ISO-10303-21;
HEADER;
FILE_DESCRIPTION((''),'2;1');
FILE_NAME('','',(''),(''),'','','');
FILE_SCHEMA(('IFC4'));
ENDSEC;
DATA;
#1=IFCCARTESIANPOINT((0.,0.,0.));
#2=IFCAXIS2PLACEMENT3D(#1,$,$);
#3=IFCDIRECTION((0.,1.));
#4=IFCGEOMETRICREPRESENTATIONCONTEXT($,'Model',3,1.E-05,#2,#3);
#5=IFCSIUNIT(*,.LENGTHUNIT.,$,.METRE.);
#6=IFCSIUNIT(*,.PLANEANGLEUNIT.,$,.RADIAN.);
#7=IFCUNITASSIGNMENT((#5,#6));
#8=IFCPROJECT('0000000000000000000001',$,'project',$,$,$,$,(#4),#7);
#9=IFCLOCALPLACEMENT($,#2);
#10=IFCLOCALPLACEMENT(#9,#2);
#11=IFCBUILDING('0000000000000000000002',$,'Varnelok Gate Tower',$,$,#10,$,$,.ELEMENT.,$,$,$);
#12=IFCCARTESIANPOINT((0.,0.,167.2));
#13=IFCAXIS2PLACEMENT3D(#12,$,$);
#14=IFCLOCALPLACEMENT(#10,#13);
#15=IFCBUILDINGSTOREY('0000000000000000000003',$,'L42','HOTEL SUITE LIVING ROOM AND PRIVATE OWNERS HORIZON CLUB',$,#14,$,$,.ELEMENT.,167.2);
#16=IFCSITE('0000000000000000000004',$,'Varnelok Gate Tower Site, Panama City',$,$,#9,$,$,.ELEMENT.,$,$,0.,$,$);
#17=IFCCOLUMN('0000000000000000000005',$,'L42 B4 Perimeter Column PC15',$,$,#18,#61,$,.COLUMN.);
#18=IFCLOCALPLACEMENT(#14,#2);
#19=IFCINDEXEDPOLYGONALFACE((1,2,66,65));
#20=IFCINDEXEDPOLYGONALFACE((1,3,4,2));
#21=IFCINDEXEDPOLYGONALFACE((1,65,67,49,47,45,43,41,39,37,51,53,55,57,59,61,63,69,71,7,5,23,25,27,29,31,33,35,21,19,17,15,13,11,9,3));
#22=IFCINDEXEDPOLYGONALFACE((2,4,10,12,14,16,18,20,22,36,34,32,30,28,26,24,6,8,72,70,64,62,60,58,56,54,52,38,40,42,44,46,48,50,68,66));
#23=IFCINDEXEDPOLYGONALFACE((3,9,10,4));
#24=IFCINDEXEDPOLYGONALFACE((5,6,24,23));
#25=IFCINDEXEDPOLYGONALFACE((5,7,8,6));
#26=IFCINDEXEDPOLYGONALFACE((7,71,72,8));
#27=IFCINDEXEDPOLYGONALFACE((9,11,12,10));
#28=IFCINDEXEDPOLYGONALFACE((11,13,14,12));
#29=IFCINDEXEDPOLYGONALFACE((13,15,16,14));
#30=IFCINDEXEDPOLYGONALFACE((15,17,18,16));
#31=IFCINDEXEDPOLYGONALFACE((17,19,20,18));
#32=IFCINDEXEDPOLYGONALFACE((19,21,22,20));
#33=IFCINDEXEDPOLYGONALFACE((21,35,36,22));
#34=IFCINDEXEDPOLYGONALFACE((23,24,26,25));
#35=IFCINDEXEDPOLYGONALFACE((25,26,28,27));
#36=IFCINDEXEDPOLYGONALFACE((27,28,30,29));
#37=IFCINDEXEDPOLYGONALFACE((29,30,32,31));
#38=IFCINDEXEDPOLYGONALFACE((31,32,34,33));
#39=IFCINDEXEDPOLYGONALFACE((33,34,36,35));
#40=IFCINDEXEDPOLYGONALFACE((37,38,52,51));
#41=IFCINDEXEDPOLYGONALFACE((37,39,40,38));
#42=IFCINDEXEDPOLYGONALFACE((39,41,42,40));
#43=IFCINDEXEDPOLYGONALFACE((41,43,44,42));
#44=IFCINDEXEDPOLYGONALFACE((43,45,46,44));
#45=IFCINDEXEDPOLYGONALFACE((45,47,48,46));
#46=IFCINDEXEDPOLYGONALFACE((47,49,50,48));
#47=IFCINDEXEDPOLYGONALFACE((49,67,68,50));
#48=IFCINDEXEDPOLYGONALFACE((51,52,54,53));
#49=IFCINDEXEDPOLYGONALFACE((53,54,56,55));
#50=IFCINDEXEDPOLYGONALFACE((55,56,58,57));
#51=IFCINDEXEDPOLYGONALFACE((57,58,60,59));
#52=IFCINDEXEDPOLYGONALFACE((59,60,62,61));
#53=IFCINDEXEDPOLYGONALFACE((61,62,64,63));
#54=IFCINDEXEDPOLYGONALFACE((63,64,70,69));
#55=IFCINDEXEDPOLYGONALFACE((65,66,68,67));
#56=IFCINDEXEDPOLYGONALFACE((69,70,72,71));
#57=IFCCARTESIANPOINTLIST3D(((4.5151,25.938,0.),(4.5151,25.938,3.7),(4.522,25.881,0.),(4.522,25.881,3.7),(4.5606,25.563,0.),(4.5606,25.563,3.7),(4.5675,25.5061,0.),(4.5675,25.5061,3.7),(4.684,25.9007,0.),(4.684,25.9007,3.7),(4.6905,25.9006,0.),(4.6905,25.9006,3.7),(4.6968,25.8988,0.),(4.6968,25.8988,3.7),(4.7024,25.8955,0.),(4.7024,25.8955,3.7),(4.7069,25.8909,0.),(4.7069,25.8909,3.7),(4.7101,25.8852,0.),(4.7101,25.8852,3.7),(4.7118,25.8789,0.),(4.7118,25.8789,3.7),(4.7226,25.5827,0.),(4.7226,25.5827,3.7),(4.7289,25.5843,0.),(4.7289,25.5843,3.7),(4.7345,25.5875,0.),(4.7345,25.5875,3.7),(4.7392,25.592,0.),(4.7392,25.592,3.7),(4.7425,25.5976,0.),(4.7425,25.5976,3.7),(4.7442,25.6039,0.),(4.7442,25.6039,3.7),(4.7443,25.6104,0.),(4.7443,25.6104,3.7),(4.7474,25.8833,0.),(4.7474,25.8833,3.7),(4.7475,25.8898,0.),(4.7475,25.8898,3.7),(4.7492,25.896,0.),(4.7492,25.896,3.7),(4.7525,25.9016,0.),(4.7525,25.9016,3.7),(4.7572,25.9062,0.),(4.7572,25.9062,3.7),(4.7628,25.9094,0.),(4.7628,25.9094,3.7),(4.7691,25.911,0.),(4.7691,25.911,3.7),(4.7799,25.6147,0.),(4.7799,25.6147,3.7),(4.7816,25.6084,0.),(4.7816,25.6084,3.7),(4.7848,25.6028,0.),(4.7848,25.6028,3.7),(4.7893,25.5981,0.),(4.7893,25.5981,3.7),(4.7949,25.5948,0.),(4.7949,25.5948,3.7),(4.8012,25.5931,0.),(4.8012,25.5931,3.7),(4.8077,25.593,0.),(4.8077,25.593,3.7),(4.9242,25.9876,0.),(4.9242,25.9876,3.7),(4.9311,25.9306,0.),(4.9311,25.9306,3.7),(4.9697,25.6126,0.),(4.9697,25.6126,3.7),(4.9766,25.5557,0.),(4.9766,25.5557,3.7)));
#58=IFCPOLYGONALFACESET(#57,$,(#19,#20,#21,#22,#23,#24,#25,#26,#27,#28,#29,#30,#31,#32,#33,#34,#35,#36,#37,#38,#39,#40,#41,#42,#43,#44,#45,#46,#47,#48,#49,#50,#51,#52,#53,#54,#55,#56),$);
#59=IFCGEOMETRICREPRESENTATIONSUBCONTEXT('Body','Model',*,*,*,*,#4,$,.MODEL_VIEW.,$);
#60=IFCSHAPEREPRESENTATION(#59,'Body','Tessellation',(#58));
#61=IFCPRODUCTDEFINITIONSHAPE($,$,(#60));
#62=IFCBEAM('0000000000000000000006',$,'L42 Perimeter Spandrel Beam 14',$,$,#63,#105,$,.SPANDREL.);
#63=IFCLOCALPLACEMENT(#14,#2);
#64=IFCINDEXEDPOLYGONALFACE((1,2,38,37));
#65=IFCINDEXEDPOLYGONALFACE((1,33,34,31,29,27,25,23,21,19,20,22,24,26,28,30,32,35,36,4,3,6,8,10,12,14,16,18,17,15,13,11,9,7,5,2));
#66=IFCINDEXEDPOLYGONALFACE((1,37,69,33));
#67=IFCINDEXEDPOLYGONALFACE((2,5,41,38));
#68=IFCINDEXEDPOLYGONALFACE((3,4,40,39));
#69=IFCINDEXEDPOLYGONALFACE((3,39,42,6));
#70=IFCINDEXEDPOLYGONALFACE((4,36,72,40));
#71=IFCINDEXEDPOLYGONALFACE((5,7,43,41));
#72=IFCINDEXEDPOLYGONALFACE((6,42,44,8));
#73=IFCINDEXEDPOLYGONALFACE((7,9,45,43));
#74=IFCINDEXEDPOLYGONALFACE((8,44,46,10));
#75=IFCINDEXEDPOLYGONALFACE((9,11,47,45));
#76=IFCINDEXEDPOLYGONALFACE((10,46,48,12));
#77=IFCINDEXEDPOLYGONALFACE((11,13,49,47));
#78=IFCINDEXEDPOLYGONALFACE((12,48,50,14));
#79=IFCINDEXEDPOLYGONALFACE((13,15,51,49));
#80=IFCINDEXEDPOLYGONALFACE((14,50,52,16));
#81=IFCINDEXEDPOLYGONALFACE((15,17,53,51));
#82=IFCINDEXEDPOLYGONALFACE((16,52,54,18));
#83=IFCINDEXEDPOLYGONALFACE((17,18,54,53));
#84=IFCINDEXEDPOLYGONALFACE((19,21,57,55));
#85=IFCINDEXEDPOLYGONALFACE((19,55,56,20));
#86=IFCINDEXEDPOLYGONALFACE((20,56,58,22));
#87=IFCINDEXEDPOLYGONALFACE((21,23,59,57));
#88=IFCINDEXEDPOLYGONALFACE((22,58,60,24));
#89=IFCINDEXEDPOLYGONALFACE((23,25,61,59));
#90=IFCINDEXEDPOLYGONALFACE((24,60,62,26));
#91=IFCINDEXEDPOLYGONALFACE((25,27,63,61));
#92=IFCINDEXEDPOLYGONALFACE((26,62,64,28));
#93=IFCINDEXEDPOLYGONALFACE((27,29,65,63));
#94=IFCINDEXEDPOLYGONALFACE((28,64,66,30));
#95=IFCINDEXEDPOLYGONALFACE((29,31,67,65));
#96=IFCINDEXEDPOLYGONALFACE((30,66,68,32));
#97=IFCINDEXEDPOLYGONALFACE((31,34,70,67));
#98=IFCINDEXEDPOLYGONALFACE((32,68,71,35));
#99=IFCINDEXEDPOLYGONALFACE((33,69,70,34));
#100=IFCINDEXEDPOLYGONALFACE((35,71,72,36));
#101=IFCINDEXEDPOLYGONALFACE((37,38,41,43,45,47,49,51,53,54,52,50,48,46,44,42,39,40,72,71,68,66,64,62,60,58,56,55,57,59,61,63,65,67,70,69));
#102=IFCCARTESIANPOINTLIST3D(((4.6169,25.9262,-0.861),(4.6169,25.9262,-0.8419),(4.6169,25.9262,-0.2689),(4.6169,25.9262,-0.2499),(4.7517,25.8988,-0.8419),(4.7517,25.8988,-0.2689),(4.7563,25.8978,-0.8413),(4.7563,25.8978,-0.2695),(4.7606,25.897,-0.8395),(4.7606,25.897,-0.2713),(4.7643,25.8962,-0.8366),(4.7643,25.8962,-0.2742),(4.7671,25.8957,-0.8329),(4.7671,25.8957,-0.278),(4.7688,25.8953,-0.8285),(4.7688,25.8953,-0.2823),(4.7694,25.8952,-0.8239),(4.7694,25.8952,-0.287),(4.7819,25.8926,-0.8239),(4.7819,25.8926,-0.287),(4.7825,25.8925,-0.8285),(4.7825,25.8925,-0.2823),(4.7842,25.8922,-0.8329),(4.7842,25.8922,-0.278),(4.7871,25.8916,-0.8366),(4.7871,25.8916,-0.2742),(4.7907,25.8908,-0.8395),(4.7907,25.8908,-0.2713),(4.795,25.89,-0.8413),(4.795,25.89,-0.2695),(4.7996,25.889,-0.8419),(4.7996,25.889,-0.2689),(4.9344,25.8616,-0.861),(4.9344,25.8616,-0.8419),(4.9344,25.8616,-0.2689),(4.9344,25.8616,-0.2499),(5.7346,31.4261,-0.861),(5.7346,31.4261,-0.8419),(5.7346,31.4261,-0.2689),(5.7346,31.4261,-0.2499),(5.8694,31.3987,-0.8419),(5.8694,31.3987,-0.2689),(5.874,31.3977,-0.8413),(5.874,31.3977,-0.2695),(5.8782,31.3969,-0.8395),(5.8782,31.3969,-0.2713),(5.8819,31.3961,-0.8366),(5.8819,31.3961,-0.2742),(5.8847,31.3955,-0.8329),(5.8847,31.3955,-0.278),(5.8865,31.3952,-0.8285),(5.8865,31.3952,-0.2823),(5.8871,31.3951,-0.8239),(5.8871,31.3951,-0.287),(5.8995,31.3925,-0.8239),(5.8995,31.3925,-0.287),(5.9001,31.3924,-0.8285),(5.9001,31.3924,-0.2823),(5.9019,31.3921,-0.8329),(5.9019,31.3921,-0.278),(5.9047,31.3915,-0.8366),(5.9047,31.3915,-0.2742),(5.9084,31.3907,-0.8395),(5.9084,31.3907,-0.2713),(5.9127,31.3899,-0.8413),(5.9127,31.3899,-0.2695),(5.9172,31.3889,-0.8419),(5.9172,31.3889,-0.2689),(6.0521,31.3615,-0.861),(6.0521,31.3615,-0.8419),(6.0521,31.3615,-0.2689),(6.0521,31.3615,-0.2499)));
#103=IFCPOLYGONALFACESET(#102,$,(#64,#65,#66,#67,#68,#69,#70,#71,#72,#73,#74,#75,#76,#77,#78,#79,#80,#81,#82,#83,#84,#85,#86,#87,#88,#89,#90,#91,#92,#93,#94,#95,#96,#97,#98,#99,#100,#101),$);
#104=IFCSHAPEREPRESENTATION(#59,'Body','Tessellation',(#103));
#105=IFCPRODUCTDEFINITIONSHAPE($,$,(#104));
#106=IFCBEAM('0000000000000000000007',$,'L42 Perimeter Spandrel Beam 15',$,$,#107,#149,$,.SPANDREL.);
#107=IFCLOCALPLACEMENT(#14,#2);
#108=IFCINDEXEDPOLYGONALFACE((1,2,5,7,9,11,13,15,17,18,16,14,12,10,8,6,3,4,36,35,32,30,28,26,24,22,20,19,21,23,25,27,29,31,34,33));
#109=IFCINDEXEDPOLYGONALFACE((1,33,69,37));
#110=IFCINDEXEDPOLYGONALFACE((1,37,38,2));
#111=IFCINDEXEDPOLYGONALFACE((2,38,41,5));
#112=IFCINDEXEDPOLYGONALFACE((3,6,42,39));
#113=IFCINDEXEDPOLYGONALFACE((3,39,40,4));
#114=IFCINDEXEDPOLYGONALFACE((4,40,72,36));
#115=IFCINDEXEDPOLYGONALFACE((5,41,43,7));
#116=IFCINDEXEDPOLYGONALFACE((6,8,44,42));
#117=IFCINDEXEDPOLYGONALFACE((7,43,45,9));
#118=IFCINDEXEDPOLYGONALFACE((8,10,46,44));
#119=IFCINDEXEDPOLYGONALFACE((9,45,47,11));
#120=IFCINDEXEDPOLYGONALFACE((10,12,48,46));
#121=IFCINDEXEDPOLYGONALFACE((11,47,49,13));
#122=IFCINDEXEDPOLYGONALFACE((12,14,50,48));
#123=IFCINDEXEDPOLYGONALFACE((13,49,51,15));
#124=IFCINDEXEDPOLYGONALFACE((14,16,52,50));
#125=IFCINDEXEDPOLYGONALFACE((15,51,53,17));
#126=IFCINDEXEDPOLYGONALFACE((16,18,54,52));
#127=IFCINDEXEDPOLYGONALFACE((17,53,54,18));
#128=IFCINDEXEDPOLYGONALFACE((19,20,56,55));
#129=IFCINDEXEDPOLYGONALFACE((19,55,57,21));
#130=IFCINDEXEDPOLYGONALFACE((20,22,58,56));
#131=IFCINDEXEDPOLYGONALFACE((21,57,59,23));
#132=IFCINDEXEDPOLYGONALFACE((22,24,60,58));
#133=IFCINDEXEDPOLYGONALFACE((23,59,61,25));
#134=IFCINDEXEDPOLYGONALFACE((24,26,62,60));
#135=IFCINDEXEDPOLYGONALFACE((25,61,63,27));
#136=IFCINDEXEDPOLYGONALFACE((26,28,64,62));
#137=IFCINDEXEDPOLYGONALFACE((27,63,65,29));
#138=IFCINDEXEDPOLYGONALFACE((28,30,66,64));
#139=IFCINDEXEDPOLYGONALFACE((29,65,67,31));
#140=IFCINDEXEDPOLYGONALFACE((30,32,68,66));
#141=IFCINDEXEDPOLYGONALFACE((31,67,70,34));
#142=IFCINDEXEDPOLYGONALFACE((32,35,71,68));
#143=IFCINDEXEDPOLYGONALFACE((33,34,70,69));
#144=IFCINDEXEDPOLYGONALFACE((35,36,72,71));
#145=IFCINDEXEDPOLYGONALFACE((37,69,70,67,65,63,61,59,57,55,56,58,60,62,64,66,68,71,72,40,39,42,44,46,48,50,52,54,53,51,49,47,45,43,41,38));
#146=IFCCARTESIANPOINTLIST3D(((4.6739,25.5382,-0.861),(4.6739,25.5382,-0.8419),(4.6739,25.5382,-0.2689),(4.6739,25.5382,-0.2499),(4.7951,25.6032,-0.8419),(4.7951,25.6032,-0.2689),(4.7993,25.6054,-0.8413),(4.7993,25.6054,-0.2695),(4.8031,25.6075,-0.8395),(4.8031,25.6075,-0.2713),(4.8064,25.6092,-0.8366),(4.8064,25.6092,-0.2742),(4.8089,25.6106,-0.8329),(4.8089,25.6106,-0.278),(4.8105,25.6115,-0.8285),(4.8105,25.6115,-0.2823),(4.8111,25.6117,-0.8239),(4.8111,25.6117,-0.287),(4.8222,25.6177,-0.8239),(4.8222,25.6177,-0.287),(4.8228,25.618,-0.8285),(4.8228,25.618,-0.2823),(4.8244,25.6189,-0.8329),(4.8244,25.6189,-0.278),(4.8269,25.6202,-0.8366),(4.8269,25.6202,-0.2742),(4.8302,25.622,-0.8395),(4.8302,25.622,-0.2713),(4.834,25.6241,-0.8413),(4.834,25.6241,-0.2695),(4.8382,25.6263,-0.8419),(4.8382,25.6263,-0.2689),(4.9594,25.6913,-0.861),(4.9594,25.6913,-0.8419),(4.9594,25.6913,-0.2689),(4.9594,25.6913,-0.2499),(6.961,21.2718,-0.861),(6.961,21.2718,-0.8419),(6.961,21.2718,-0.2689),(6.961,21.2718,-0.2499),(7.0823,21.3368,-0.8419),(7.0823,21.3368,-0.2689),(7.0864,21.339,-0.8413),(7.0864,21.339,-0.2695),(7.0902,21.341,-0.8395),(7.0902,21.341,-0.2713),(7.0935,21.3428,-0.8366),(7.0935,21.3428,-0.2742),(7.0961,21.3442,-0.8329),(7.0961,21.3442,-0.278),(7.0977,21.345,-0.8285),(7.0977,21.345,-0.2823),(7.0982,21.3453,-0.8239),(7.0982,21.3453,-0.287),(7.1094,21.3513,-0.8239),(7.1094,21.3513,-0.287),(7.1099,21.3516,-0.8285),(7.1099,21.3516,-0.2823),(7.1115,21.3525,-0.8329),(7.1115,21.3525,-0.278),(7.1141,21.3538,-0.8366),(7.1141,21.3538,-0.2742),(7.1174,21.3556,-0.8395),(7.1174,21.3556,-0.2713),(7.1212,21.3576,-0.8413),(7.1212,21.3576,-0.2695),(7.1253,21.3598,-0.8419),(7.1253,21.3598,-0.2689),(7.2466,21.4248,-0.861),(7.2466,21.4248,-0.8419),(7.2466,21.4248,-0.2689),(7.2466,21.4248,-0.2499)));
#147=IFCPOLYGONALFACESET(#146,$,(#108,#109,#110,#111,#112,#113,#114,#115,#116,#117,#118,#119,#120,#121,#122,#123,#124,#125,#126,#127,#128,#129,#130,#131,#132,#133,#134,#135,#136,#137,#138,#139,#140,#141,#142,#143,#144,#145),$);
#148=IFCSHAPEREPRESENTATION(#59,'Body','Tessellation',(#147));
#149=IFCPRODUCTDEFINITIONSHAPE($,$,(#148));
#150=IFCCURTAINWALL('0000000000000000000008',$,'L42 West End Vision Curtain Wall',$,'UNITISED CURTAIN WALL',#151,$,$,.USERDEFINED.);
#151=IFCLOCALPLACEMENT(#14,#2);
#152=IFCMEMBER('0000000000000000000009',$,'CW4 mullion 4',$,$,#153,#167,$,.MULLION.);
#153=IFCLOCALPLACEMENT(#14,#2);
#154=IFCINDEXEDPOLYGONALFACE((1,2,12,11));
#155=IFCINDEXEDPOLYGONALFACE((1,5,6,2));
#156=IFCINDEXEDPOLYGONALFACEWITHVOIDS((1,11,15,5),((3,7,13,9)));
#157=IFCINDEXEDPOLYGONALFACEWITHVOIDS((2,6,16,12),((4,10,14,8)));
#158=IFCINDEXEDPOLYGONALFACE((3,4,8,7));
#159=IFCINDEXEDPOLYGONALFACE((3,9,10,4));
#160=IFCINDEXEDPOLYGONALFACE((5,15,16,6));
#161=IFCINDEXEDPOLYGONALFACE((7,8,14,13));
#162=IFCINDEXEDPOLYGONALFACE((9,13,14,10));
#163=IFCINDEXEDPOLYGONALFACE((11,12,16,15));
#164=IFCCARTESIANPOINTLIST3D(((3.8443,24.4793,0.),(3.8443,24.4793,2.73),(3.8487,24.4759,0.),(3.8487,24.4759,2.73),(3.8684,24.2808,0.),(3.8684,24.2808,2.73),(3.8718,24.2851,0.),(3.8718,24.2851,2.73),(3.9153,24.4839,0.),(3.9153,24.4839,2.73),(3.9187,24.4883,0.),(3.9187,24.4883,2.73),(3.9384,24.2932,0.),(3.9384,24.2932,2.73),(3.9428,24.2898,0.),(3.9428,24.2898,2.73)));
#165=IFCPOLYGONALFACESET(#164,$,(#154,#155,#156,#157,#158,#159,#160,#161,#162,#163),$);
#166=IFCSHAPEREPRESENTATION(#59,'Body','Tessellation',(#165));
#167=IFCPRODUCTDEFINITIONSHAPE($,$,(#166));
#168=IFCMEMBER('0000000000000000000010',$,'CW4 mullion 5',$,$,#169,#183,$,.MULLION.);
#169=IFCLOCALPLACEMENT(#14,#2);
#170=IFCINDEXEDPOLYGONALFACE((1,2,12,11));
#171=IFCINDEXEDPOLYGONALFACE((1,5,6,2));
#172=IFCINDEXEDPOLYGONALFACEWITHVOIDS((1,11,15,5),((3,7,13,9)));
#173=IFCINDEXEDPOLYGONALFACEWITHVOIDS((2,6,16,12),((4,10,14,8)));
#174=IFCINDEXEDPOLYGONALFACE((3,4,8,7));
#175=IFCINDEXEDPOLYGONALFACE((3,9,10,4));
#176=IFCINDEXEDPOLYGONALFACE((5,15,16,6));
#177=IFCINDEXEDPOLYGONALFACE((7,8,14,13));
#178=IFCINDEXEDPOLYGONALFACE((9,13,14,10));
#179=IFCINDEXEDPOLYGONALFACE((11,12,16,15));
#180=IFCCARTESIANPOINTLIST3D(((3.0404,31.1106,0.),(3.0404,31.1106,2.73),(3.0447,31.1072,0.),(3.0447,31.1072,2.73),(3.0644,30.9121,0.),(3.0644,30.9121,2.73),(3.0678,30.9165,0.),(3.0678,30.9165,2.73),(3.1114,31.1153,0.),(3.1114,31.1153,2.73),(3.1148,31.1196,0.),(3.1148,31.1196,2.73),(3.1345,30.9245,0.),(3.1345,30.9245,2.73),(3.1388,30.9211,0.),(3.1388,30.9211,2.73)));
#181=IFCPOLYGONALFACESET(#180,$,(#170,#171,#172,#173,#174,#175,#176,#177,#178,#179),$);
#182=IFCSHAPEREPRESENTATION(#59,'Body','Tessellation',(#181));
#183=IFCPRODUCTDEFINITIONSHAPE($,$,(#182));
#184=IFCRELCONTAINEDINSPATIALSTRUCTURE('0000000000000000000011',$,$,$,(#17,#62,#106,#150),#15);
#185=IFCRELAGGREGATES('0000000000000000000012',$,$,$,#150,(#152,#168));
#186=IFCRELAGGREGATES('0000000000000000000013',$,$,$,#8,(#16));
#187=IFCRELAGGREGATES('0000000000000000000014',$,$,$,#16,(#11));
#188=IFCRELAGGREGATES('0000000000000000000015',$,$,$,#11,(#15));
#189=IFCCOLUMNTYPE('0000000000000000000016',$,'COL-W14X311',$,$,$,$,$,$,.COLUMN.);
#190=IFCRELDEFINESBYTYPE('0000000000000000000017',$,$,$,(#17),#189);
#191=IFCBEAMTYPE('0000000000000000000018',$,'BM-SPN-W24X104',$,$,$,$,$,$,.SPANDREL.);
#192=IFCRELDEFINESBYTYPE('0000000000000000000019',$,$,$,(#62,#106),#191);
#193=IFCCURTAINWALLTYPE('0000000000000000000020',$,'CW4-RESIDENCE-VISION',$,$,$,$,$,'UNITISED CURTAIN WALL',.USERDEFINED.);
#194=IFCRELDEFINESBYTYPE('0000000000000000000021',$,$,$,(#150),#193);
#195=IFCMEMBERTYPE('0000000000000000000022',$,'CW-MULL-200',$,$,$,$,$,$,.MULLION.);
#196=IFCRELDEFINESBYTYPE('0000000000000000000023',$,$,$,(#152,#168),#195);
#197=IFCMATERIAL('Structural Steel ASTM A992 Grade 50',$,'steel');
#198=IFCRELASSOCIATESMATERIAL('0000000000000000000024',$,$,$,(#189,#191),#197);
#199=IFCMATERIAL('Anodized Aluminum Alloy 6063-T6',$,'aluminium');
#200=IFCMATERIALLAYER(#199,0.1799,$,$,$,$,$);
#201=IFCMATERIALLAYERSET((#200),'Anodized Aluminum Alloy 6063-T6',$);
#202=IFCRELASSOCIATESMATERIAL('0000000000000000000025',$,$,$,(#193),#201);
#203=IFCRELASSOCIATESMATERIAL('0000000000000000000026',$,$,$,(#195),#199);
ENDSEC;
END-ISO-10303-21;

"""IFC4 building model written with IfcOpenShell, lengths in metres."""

from ifc_helpers import new_model, si_unit, direction, frame, origin, origin_2d, place, context, subcontext, project, spatial, hollow_rectangle, i_section, extrude, material, layer, layer_set, material_profile, profile_set, type_object, element, aggregate, save


model = new_model("IFC4")

# Units and contexts
model_context = context("Model", 3, precision=1e-05, world=origin(), true_north=direction((0.0, 1.0)))
body_context = subcontext(model_context, "Body", "Model", "MODEL_VIEW")
ifc_project = project(units=[si_unit("LENGTHUNIT", "METRE"), si_unit("PLANEANGLEUNIT", "RADIAN")], contexts=[model_context])

# Site, building, storey
site_placement = place(None, origin())
site = spatial("IfcSite", under=ifc_project, at=site_placement, Name="Varnelok Gate Tower Site, Panama City", CompositionType="ELEMENT", RefElevation=0.0)
building_placement = place(site_placement, origin())
building = spatial("IfcBuilding", under=site, at=building_placement, Name="Varnelok Gate Tower", CompositionType="ELEMENT")
storey_placement = place(building_placement, frame((0.0, 0.0, 167.2)))
storey = spatial("IfcBuildingStorey", under=building, at=storey_placement, Name="L42", Description="HOTEL SUITE LIVING ROOM AND PRIVATE OWNERS HORIZON CLUB", CompositionType="ELEMENT", Elevation=167.2)

# Column
ifc_material_1 = material(Name="Structural Steel ASTM A992 Grade 50", Category="steel")
ifc_material_profile_1 = material_profile(ifc_material_1, i_section(OverallWidth=0.4121, OverallDepth=0.4351, WebThickness=0.0359, FlangeThickness=0.0574, FilletRadius=0.0249, at=origin_2d()), Name="W14X311")
ifc_profile_set_1 = profile_set([ifc_material_profile_1], Name="Structural Steel ASTM A992 Grade 50")
column_type = type_object("IfcColumnType", Name="COL-W14X311", PredefinedType="COLUMN", material=ifc_profile_set_1)
column_placement = place(storey_placement, frame((4.7458, 25.7468, 0.0), z_axis=(0.0, 0.0, 1.0), x_axis=(0.992732, 0.120345, 0.0)))
element("IfcColumn", 1, at=column_placement, inside=storey, type_object=column_type, Name="L42 B4 Perimeter Column PC15", PredefinedType="COLUMN", context=body_context, shape_type="SweptSolid", body=[
    extrude(i_section(OverallWidth=0.4121, OverallDepth=0.4351, WebThickness=0.0359, FlangeThickness=0.0574, FilletRadius=0.0249, at=origin_2d()), origin(), (0.0, 0.0, 1.0), 3.7),
])

# Beams
ifc_material_profile_2 = material_profile(ifc_material_1, i_section(OverallWidth=0.324, OverallDepth=0.6111, WebThickness=0.0127, FlangeThickness=0.019, FilletRadius=0.0181, at=origin_2d()), Name="W24X104")
ifc_profile_set_2 = profile_set([ifc_material_profile_2], Name="Structural Steel ASTM A992 Grade 50")
beam_type = type_object("IfcBeamType", Name="BM-SPN-W24X104", PredefinedType="SPANDREL", material=ifc_profile_set_2)
beam_1_placement = place(storey_placement, frame((5.8933, 31.3938, -0.5554), z_axis=(-0.199143, -0.97997, 0.0), x_axis=(0.97997, -0.199143, 0.0)))
element("IfcBeam", 2, at=beam_1_placement, inside=storey, type_object=beam_type, Name="L42 Perimeter Spandrel Beam 14", PredefinedType="SPANDREL", context=body_context, shape_type="SweptSolid", body=[
    extrude(i_section(OverallWidth=0.324, OverallDepth=0.6111, WebThickness=0.0127, FlangeThickness=0.019, FilletRadius=0.0181, at=origin_2d()), origin(), (0.0, 0.0, 1.0), 5.6123),
])
beam_2_placement = place(storey_placement, frame((4.8167, 25.6147, -0.5554), z_axis=(0.472472, -0.881346, 0.0), x_axis=(0.881346, 0.472472, 0.0)))
element("IfcBeam", 3, at=beam_2_placement, inside=storey, type_object=beam_type, Name="L42 Perimeter Spandrel Beam 15", PredefinedType="SPANDREL", context=body_context, shape_type="SweptSolid", body=[
    extrude(i_section(OverallWidth=0.324, OverallDepth=0.6111, WebThickness=0.0127, FlangeThickness=0.019, FilletRadius=0.0181, at=origin_2d()), origin(), (0.0, 0.0, 1.0), 4.8408),
])

# Curtain wall, members
ifc_material_2 = material(Name="Anodized Aluminum Alloy 6063-T6", Category="aluminium")
ifc_layer_1 = layer(ifc_material_2, 0.1799)
ifc_layer_set_1 = layer_set([ifc_layer_1], Name="Anodized Aluminum Alloy 6063-T6")
curtain_wall_type = type_object("IfcCurtainWallType", Name="CW4-RESIDENCE-VISION", ElementType="UNITISED CURTAIN WALL", PredefinedType="USERDEFINED", material=ifc_layer_set_1)
curtain_wall_placement = place(storey_placement, origin())
curtain_wall = element("IfcCurtainWall", 4, at=curtain_wall_placement, inside=storey, type_object=curtain_wall_type, Name="L42 West End Vision Curtain Wall", ObjectType="UNITISED CURTAIN WALL", PredefinedType="USERDEFINED")
ifc_material_profile_3 = material_profile(ifc_material_2, hollow_rectangle(XDim=0.075, YDim=0.2, WallThickness=0.0039, at=origin_2d()), Name="ALU200X75X4")
ifc_profile_set_3 = profile_set([ifc_material_profile_3], Name="Anodized Aluminum Alloy 6063-T6")
member_type_1 = type_object("IfcMemberType", Name="CW-MULL-200", PredefinedType="MULLION", material=ifc_profile_set_3)
member_1_placement = place(storey_placement, frame((3.8936, 24.3845, 0.0), z_axis=(0.0, 0.0, 1.0), x_axis=(-0.992732, -0.120345, 0.0)))
member_1 = element("IfcMember", 5, at=member_1_placement, type_object=member_type_1, Name="CW4 mullion 4", PredefinedType="MULLION", context=body_context, shape_type="SweptSolid", body=[
    extrude(hollow_rectangle(XDim=0.075, YDim=0.2, WallThickness=0.0039, at=origin_2d()), origin(), (0.0, 0.0, 1.0), 2.73),
])
member_2_placement = place(storey_placement, frame((3.0896, 31.0159, 0.0), z_axis=(0.0, 0.0, 1.0), x_axis=(-0.992732, -0.120345, 0.0)))
member_2 = element("IfcMember", 6, at=member_2_placement, type_object=member_type_1, Name="CW4 mullion 5", PredefinedType="MULLION", context=body_context, shape_type="SweptSolid", body=[
    extrude(hollow_rectangle(XDim=0.075, YDim=0.2, WallThickness=0.0039, at=origin_2d()), origin(), (0.0, 0.0, 1.0), 2.73),
])
aggregate(curtain_wall, [member_1, member_2])

save(model, "model.ifc")
